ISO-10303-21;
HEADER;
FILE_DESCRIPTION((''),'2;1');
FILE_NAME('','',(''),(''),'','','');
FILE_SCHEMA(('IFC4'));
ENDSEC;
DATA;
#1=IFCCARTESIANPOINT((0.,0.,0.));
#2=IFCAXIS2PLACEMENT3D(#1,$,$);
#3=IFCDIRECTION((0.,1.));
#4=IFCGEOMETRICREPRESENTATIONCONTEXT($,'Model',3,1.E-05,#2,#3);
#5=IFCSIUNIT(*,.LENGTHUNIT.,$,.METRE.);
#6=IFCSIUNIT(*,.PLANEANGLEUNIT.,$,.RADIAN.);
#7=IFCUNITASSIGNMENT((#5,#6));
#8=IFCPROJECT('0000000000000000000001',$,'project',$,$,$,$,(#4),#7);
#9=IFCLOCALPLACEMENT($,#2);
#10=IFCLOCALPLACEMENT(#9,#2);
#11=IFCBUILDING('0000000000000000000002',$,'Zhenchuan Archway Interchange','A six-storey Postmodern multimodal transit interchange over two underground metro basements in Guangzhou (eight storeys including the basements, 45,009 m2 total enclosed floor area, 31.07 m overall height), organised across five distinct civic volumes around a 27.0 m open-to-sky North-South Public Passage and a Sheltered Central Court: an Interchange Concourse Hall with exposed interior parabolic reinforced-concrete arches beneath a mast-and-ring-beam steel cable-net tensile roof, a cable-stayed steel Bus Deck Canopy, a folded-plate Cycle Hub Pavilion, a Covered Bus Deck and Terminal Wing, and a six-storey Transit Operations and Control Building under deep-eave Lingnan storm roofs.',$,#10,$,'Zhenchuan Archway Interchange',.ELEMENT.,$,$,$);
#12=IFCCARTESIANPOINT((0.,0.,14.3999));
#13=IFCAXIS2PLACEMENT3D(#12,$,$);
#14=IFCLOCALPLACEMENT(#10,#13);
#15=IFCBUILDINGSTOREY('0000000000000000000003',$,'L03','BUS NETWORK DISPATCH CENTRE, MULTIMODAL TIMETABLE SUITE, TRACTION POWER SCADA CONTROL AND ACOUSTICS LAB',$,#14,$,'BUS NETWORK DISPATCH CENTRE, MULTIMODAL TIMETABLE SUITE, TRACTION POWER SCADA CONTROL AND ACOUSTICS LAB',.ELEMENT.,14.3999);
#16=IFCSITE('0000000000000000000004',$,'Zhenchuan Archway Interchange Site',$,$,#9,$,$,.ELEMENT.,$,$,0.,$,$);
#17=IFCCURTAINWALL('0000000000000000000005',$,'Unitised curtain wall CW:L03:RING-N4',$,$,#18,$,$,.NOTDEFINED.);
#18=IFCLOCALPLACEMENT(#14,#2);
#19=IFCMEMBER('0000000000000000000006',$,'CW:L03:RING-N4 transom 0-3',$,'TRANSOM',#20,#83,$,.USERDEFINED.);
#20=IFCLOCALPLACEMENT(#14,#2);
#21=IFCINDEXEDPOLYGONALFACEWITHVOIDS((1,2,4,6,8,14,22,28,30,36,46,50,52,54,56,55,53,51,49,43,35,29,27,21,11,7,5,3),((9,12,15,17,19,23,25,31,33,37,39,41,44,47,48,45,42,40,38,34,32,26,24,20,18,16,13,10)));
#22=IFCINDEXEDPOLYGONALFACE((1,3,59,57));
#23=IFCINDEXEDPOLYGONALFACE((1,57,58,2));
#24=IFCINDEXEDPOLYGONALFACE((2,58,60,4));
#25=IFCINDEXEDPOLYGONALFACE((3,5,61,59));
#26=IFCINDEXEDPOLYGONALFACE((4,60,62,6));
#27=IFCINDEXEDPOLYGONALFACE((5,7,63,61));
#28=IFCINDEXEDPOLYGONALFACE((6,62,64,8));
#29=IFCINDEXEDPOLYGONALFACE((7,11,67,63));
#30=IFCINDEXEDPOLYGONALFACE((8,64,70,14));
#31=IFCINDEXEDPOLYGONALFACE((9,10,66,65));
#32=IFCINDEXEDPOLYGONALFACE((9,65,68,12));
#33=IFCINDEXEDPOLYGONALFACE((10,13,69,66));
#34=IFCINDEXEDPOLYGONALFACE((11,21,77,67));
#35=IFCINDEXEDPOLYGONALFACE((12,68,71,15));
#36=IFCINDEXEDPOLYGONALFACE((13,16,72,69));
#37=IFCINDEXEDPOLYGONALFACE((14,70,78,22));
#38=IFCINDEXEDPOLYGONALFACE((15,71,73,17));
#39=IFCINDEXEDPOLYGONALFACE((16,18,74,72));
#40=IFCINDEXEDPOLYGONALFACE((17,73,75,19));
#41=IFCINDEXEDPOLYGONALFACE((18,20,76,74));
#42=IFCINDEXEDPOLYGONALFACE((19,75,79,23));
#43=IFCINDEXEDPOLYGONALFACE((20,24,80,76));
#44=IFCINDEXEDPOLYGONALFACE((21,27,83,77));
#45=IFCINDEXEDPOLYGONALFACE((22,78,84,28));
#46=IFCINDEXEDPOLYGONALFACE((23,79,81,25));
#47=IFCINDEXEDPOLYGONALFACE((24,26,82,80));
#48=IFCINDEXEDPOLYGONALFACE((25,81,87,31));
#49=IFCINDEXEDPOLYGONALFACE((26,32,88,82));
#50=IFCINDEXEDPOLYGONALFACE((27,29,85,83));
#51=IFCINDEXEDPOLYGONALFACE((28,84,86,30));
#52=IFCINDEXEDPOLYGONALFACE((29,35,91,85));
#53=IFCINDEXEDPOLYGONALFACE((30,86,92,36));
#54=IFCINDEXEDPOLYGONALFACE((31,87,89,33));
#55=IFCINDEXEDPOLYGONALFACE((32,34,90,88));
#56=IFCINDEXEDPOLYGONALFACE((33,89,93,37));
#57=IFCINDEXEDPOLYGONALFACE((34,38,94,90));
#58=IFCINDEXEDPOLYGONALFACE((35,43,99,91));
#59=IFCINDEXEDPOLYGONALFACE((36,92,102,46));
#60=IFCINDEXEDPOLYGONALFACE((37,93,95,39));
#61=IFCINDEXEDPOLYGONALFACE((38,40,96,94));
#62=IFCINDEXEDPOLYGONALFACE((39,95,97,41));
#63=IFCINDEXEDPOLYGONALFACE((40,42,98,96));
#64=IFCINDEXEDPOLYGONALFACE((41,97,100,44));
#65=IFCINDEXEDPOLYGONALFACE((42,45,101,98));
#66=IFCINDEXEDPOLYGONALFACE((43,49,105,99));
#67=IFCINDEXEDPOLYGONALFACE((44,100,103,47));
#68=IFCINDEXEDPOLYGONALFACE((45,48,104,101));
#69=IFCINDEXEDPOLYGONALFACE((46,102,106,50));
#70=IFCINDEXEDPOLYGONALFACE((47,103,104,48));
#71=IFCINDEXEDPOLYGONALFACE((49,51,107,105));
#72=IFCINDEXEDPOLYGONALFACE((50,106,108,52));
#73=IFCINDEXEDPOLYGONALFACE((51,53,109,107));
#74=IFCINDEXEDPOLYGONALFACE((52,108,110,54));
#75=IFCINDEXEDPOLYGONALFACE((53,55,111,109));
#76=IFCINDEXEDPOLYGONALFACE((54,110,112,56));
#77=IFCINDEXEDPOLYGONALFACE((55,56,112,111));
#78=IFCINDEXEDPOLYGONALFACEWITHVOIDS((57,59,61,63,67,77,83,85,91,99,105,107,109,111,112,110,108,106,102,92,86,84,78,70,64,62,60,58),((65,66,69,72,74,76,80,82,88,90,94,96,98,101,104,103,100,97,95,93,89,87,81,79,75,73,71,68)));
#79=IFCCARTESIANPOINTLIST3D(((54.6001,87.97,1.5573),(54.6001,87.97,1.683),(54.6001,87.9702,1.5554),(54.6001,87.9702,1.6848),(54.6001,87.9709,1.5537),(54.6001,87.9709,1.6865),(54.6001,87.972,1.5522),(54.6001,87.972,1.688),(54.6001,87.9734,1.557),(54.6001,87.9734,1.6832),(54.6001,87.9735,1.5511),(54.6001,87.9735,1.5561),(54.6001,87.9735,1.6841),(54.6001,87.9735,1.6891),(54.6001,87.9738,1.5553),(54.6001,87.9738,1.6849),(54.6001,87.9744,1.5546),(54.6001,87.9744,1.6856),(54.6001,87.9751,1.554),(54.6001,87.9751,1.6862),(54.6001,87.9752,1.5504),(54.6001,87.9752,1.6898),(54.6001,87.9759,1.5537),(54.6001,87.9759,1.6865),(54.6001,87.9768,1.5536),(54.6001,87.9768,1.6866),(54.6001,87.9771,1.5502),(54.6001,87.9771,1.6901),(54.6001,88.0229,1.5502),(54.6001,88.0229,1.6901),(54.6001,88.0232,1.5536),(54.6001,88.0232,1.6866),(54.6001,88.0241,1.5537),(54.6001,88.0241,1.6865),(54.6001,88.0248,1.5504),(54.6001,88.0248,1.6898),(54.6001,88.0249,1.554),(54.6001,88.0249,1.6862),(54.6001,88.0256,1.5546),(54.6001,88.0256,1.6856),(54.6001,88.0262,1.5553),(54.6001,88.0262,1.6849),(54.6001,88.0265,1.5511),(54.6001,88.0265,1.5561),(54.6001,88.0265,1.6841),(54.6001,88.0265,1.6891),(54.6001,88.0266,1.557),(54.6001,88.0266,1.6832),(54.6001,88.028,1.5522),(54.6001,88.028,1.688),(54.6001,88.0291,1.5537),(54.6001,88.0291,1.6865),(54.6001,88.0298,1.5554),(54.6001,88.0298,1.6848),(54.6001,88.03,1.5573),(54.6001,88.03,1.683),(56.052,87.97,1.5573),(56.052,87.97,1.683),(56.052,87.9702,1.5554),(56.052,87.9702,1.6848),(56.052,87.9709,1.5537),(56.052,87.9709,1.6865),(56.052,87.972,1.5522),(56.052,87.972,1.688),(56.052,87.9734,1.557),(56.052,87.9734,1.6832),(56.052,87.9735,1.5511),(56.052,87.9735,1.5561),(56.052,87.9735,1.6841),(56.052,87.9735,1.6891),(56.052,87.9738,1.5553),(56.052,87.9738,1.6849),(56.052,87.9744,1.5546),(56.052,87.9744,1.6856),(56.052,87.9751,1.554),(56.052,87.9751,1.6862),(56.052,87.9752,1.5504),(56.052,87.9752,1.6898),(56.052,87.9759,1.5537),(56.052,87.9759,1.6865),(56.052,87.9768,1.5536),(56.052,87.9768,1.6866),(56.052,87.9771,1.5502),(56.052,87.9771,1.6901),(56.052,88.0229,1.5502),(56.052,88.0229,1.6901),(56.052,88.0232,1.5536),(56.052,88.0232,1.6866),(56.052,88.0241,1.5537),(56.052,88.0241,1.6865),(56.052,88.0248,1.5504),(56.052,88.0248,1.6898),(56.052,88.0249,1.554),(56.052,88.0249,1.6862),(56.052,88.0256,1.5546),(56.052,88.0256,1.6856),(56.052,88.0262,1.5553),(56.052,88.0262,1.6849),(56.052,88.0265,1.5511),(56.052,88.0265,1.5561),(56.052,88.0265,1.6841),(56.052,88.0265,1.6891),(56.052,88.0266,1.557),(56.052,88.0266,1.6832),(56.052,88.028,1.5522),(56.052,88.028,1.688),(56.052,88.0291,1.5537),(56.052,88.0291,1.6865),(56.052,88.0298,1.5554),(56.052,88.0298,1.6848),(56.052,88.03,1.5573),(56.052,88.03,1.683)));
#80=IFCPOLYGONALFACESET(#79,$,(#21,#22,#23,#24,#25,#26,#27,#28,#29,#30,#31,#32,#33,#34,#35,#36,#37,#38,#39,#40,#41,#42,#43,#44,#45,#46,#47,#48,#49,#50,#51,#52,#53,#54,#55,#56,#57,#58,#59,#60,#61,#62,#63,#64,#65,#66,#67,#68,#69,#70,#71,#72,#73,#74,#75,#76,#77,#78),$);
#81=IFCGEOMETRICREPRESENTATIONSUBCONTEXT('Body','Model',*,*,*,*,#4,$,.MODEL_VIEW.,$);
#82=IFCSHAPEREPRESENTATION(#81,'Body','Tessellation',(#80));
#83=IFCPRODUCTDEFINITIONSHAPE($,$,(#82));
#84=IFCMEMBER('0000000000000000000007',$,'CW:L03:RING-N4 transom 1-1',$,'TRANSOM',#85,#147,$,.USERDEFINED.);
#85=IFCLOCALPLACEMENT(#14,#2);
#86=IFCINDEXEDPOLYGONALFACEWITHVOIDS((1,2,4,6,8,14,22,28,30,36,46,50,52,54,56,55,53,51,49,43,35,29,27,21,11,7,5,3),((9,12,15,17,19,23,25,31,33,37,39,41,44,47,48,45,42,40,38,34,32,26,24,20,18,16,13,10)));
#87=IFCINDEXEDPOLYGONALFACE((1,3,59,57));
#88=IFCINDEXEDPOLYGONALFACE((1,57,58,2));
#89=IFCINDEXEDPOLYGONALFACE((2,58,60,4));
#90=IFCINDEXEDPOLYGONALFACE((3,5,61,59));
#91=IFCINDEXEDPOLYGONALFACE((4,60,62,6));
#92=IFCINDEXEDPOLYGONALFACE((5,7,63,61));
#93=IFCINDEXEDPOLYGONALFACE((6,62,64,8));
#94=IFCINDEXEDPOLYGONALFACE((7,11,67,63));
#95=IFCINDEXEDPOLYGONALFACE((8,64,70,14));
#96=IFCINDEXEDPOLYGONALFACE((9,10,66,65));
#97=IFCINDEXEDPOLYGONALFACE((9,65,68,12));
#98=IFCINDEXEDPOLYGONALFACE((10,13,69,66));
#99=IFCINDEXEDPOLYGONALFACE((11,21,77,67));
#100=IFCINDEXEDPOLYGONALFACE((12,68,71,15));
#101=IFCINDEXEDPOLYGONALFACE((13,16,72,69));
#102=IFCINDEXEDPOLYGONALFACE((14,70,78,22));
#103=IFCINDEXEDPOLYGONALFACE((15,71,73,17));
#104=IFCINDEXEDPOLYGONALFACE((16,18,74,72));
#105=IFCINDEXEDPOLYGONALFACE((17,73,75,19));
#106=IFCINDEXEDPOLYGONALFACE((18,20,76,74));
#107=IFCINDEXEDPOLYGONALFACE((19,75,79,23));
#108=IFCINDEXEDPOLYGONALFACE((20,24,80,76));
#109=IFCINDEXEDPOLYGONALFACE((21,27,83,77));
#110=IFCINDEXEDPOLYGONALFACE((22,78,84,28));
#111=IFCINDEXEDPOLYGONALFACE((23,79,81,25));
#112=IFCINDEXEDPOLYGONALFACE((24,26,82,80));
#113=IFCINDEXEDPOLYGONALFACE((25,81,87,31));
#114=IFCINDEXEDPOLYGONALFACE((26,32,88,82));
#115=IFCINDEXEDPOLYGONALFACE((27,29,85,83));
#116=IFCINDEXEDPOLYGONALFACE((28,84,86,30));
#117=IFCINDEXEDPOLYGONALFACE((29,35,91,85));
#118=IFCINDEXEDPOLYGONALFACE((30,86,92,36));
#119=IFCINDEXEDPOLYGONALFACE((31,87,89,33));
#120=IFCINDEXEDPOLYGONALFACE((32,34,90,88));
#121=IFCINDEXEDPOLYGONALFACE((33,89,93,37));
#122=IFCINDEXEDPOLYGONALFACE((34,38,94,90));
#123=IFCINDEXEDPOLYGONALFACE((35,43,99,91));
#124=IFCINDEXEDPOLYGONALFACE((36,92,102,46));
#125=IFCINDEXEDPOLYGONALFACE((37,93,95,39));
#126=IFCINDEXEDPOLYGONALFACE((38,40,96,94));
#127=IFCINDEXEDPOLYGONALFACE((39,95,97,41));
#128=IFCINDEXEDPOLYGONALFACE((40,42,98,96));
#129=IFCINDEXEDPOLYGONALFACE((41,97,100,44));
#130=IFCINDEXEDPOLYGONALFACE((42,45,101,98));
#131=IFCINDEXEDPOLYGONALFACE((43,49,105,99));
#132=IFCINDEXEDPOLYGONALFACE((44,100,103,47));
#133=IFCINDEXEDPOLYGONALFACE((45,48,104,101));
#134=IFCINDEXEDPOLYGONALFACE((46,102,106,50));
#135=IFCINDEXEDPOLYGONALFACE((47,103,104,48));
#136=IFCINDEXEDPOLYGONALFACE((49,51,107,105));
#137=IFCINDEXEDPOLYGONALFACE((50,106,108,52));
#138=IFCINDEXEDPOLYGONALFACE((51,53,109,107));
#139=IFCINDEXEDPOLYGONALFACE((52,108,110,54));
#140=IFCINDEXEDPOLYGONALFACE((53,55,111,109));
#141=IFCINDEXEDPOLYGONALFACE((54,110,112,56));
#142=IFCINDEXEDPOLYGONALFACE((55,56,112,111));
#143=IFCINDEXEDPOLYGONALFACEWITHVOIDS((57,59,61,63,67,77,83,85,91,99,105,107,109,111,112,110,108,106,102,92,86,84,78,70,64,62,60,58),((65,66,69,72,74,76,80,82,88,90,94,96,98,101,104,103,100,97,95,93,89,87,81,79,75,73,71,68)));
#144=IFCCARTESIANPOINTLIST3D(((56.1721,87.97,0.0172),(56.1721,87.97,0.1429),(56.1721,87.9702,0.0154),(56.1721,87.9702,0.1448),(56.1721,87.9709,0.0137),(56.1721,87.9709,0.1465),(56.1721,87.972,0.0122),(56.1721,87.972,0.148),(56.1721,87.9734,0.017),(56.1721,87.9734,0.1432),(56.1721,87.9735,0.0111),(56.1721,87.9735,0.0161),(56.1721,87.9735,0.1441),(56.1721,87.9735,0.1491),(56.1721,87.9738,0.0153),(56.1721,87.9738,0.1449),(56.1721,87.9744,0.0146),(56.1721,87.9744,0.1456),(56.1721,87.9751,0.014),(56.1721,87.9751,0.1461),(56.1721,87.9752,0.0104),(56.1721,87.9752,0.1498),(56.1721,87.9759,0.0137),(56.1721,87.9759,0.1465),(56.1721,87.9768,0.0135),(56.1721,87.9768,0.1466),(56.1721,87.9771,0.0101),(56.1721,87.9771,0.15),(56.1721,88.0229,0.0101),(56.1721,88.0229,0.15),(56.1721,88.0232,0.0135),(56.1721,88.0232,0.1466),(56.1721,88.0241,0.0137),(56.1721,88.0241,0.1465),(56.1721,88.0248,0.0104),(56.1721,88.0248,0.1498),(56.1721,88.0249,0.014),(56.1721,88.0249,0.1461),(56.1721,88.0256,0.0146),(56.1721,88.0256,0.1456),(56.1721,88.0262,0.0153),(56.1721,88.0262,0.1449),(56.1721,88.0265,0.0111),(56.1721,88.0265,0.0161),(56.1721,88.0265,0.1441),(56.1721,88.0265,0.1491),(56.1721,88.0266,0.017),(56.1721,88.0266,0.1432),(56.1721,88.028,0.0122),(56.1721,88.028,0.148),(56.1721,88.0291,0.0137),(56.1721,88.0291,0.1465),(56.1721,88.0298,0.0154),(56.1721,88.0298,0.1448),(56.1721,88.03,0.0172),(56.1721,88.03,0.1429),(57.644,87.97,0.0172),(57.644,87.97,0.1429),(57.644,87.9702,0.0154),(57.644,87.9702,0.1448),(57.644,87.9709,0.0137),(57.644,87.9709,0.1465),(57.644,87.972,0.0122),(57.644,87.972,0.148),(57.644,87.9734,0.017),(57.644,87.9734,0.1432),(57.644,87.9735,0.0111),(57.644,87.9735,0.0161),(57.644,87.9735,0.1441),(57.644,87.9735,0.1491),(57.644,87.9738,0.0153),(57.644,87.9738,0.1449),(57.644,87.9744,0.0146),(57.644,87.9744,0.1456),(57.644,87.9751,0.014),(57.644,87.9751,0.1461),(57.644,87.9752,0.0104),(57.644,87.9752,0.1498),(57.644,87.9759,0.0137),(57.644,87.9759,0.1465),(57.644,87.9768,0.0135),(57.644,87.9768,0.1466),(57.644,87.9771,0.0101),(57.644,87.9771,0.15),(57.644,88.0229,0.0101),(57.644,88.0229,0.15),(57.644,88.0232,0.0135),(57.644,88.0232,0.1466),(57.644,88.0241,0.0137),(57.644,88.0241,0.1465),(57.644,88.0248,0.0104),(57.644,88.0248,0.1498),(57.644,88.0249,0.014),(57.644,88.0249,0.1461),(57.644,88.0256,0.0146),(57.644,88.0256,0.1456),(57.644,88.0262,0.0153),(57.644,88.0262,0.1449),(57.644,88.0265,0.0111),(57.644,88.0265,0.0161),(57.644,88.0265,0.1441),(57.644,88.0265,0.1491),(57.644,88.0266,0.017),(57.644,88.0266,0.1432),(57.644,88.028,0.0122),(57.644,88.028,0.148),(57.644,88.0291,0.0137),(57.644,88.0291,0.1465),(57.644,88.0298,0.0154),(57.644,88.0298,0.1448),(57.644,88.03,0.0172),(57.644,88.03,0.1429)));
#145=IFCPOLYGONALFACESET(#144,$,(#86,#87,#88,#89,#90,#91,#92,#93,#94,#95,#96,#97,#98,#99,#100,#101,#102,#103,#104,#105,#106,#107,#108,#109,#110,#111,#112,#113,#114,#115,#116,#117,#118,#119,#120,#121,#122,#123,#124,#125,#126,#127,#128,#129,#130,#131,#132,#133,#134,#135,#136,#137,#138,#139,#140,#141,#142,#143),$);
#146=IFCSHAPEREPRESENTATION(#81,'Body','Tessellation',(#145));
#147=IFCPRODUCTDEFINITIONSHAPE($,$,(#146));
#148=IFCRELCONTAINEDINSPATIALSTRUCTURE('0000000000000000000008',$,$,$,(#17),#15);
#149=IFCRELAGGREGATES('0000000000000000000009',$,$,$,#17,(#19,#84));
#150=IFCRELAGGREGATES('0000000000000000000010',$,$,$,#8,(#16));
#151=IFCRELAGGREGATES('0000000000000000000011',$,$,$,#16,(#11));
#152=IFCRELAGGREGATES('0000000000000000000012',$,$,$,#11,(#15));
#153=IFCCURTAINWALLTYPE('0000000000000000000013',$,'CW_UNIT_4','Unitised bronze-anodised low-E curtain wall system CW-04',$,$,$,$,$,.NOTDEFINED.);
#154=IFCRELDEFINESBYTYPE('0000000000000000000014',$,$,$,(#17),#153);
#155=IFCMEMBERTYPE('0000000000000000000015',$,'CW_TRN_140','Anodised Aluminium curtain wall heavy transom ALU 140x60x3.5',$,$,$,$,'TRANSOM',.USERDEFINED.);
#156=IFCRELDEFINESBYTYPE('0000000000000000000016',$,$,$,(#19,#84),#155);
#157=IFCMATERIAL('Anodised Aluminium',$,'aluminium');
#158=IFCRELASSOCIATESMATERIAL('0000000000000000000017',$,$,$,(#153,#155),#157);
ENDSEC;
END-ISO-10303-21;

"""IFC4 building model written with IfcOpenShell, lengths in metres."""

from ifc_helpers import new_model, si_unit, direction, frame, origin, origin_2d, place, context, subcontext, project, spatial, hollow_rectangle, extrude, material, material_profile, profile_set, type_object, element, aggregate, save


model = new_model("IFC4")

# Units and contexts
model_context = context("Model", 3, precision=1e-05, world=origin(), true_north=direction((0.0, 1.0)))
body_context = subcontext(model_context, "Body", "Model", "MODEL_VIEW")
ifc_project = project(units=[si_unit("LENGTHUNIT", "METRE"), si_unit("PLANEANGLEUNIT", "RADIAN")], contexts=[model_context])

# Site, building, storey
site_placement = place(None, origin())
site = spatial("IfcSite", under=ifc_project, at=site_placement, Name="Zhenchuan Archway Interchange Site", CompositionType="ELEMENT", RefElevation=0.0)
building_placement = place(site_placement, origin())
building = spatial("IfcBuilding", under=site, at=building_placement, Name="Zhenchuan Archway Interchange", Description="A six-storey Postmodern multimodal transit interchange over two underground metro basements in Guangzhou (eight storeys including the basements, 45,009 m2 total enclosed floor area, 31.07 m overall height), organised across five distinct civic volumes around a 27.0 m open-to-sky North-South Public Passage and a Sheltered Central Court: an Interchange Concourse Hall with exposed interior parabolic reinforced-concrete arches beneath a mast-and-ring-beam steel cable-net tensile roof, a cable-stayed steel Bus Deck Canopy, a folded-plate Cycle Hub Pavilion, a Covered Bus Deck and Terminal Wing, and a six-storey Transit Operations and Control Building under deep-eave Lingnan storm roofs.", LongName="Zhenchuan Archway Interchange", CompositionType="ELEMENT")
storey_placement = place(building_placement, frame((0.0, 0.0, 14.3999)))
storey = spatial("IfcBuildingStorey", under=building, at=storey_placement, Name="L03", Description="BUS NETWORK DISPATCH CENTRE, MULTIMODAL TIMETABLE SUITE, TRACTION POWER SCADA CONTROL AND ACOUSTICS LAB", LongName="BUS NETWORK DISPATCH CENTRE, MULTIMODAL TIMETABLE SUITE, TRACTION POWER SCADA CONTROL AND ACOUSTICS LAB", CompositionType="ELEMENT", Elevation=14.3999)

# Curtain wall
ifc_material_1 = material(Name="Anodised Aluminium", Category="aluminium")
curtain_wall_type = type_object("IfcCurtainWallType", Name="CW_UNIT_4", Description="Unitised bronze-anodised low-E curtain wall system CW-04", PredefinedType="NOTDEFINED", material=ifc_material_1)
curtain_wall_1_placement = place(storey_placement, origin())
curtain_wall_1 = element("IfcCurtainWall", 1, at=curtain_wall_1_placement, inside=storey, type_object=curtain_wall_type, Name="Unitised curtain wall CW:L03:RING-N4", PredefinedType="NOTDEFINED")

# Members
ifc_material_profile_1 = material_profile(ifc_material_1, hollow_rectangle(XDim=0.0601, YDim=0.1399, WallThickness=0.0034, InnerFilletRadius=0.0034, OuterFilletRadius=0.0071, at=origin_2d()), Name="ALU 140x60x3.5")
ifc_profile_set_1 = profile_set([ifc_material_profile_1], Name="Anodised Aluminium")
member_type_1 = type_object("IfcMemberType", Name="CW_TRN_140", Description="Anodised Aluminium curtain wall heavy transom ALU 140x60x3.5", ElementType="TRANSOM", PredefinedType="USERDEFINED", material=ifc_profile_set_1)
member_1_placement = place(storey_placement, frame((54.6001, 88.0, 1.6201), z_axis=(1.0, 0.0, 0.0), x_axis=(0.0, 1.0, 0.0)))
member_1 = element("IfcMember", 2, at=member_1_placement, type_object=member_type_1, Name="CW:L03:RING-N4 transom 0-3", ObjectType="TRANSOM", PredefinedType="USERDEFINED", context=body_context, shape_type="SweptSolid", body=[
    extrude(hollow_rectangle(XDim=0.0601, YDim=0.1399, WallThickness=0.0034, InnerFilletRadius=0.0034, OuterFilletRadius=0.0071, at=origin_2d()), origin(), (0.0, 0.0, 1.0), 1.4519),
])
member_2_placement = place(storey_placement, frame((56.1721, 88.0, 0.0801), z_axis=(1.0, 0.0, 0.0), x_axis=(0.0, 1.0, 0.0)))
member_2 = element("IfcMember", 3, at=member_2_placement, type_object=member_type_1, Name="CW:L03:RING-N4 transom 1-1", ObjectType="TRANSOM", PredefinedType="USERDEFINED", context=body_context, shape_type="SweptSolid", body=[
    extrude(hollow_rectangle(XDim=0.0601, YDim=0.1399, WallThickness=0.0034, InnerFilletRadius=0.0034, OuterFilletRadius=0.0071, at=origin_2d()), origin(), (0.0, 0.0, 1.0), 1.4719),
])

aggregate(curtain_wall_1, [member_1, member_2])

save(model, "model.ifc")
